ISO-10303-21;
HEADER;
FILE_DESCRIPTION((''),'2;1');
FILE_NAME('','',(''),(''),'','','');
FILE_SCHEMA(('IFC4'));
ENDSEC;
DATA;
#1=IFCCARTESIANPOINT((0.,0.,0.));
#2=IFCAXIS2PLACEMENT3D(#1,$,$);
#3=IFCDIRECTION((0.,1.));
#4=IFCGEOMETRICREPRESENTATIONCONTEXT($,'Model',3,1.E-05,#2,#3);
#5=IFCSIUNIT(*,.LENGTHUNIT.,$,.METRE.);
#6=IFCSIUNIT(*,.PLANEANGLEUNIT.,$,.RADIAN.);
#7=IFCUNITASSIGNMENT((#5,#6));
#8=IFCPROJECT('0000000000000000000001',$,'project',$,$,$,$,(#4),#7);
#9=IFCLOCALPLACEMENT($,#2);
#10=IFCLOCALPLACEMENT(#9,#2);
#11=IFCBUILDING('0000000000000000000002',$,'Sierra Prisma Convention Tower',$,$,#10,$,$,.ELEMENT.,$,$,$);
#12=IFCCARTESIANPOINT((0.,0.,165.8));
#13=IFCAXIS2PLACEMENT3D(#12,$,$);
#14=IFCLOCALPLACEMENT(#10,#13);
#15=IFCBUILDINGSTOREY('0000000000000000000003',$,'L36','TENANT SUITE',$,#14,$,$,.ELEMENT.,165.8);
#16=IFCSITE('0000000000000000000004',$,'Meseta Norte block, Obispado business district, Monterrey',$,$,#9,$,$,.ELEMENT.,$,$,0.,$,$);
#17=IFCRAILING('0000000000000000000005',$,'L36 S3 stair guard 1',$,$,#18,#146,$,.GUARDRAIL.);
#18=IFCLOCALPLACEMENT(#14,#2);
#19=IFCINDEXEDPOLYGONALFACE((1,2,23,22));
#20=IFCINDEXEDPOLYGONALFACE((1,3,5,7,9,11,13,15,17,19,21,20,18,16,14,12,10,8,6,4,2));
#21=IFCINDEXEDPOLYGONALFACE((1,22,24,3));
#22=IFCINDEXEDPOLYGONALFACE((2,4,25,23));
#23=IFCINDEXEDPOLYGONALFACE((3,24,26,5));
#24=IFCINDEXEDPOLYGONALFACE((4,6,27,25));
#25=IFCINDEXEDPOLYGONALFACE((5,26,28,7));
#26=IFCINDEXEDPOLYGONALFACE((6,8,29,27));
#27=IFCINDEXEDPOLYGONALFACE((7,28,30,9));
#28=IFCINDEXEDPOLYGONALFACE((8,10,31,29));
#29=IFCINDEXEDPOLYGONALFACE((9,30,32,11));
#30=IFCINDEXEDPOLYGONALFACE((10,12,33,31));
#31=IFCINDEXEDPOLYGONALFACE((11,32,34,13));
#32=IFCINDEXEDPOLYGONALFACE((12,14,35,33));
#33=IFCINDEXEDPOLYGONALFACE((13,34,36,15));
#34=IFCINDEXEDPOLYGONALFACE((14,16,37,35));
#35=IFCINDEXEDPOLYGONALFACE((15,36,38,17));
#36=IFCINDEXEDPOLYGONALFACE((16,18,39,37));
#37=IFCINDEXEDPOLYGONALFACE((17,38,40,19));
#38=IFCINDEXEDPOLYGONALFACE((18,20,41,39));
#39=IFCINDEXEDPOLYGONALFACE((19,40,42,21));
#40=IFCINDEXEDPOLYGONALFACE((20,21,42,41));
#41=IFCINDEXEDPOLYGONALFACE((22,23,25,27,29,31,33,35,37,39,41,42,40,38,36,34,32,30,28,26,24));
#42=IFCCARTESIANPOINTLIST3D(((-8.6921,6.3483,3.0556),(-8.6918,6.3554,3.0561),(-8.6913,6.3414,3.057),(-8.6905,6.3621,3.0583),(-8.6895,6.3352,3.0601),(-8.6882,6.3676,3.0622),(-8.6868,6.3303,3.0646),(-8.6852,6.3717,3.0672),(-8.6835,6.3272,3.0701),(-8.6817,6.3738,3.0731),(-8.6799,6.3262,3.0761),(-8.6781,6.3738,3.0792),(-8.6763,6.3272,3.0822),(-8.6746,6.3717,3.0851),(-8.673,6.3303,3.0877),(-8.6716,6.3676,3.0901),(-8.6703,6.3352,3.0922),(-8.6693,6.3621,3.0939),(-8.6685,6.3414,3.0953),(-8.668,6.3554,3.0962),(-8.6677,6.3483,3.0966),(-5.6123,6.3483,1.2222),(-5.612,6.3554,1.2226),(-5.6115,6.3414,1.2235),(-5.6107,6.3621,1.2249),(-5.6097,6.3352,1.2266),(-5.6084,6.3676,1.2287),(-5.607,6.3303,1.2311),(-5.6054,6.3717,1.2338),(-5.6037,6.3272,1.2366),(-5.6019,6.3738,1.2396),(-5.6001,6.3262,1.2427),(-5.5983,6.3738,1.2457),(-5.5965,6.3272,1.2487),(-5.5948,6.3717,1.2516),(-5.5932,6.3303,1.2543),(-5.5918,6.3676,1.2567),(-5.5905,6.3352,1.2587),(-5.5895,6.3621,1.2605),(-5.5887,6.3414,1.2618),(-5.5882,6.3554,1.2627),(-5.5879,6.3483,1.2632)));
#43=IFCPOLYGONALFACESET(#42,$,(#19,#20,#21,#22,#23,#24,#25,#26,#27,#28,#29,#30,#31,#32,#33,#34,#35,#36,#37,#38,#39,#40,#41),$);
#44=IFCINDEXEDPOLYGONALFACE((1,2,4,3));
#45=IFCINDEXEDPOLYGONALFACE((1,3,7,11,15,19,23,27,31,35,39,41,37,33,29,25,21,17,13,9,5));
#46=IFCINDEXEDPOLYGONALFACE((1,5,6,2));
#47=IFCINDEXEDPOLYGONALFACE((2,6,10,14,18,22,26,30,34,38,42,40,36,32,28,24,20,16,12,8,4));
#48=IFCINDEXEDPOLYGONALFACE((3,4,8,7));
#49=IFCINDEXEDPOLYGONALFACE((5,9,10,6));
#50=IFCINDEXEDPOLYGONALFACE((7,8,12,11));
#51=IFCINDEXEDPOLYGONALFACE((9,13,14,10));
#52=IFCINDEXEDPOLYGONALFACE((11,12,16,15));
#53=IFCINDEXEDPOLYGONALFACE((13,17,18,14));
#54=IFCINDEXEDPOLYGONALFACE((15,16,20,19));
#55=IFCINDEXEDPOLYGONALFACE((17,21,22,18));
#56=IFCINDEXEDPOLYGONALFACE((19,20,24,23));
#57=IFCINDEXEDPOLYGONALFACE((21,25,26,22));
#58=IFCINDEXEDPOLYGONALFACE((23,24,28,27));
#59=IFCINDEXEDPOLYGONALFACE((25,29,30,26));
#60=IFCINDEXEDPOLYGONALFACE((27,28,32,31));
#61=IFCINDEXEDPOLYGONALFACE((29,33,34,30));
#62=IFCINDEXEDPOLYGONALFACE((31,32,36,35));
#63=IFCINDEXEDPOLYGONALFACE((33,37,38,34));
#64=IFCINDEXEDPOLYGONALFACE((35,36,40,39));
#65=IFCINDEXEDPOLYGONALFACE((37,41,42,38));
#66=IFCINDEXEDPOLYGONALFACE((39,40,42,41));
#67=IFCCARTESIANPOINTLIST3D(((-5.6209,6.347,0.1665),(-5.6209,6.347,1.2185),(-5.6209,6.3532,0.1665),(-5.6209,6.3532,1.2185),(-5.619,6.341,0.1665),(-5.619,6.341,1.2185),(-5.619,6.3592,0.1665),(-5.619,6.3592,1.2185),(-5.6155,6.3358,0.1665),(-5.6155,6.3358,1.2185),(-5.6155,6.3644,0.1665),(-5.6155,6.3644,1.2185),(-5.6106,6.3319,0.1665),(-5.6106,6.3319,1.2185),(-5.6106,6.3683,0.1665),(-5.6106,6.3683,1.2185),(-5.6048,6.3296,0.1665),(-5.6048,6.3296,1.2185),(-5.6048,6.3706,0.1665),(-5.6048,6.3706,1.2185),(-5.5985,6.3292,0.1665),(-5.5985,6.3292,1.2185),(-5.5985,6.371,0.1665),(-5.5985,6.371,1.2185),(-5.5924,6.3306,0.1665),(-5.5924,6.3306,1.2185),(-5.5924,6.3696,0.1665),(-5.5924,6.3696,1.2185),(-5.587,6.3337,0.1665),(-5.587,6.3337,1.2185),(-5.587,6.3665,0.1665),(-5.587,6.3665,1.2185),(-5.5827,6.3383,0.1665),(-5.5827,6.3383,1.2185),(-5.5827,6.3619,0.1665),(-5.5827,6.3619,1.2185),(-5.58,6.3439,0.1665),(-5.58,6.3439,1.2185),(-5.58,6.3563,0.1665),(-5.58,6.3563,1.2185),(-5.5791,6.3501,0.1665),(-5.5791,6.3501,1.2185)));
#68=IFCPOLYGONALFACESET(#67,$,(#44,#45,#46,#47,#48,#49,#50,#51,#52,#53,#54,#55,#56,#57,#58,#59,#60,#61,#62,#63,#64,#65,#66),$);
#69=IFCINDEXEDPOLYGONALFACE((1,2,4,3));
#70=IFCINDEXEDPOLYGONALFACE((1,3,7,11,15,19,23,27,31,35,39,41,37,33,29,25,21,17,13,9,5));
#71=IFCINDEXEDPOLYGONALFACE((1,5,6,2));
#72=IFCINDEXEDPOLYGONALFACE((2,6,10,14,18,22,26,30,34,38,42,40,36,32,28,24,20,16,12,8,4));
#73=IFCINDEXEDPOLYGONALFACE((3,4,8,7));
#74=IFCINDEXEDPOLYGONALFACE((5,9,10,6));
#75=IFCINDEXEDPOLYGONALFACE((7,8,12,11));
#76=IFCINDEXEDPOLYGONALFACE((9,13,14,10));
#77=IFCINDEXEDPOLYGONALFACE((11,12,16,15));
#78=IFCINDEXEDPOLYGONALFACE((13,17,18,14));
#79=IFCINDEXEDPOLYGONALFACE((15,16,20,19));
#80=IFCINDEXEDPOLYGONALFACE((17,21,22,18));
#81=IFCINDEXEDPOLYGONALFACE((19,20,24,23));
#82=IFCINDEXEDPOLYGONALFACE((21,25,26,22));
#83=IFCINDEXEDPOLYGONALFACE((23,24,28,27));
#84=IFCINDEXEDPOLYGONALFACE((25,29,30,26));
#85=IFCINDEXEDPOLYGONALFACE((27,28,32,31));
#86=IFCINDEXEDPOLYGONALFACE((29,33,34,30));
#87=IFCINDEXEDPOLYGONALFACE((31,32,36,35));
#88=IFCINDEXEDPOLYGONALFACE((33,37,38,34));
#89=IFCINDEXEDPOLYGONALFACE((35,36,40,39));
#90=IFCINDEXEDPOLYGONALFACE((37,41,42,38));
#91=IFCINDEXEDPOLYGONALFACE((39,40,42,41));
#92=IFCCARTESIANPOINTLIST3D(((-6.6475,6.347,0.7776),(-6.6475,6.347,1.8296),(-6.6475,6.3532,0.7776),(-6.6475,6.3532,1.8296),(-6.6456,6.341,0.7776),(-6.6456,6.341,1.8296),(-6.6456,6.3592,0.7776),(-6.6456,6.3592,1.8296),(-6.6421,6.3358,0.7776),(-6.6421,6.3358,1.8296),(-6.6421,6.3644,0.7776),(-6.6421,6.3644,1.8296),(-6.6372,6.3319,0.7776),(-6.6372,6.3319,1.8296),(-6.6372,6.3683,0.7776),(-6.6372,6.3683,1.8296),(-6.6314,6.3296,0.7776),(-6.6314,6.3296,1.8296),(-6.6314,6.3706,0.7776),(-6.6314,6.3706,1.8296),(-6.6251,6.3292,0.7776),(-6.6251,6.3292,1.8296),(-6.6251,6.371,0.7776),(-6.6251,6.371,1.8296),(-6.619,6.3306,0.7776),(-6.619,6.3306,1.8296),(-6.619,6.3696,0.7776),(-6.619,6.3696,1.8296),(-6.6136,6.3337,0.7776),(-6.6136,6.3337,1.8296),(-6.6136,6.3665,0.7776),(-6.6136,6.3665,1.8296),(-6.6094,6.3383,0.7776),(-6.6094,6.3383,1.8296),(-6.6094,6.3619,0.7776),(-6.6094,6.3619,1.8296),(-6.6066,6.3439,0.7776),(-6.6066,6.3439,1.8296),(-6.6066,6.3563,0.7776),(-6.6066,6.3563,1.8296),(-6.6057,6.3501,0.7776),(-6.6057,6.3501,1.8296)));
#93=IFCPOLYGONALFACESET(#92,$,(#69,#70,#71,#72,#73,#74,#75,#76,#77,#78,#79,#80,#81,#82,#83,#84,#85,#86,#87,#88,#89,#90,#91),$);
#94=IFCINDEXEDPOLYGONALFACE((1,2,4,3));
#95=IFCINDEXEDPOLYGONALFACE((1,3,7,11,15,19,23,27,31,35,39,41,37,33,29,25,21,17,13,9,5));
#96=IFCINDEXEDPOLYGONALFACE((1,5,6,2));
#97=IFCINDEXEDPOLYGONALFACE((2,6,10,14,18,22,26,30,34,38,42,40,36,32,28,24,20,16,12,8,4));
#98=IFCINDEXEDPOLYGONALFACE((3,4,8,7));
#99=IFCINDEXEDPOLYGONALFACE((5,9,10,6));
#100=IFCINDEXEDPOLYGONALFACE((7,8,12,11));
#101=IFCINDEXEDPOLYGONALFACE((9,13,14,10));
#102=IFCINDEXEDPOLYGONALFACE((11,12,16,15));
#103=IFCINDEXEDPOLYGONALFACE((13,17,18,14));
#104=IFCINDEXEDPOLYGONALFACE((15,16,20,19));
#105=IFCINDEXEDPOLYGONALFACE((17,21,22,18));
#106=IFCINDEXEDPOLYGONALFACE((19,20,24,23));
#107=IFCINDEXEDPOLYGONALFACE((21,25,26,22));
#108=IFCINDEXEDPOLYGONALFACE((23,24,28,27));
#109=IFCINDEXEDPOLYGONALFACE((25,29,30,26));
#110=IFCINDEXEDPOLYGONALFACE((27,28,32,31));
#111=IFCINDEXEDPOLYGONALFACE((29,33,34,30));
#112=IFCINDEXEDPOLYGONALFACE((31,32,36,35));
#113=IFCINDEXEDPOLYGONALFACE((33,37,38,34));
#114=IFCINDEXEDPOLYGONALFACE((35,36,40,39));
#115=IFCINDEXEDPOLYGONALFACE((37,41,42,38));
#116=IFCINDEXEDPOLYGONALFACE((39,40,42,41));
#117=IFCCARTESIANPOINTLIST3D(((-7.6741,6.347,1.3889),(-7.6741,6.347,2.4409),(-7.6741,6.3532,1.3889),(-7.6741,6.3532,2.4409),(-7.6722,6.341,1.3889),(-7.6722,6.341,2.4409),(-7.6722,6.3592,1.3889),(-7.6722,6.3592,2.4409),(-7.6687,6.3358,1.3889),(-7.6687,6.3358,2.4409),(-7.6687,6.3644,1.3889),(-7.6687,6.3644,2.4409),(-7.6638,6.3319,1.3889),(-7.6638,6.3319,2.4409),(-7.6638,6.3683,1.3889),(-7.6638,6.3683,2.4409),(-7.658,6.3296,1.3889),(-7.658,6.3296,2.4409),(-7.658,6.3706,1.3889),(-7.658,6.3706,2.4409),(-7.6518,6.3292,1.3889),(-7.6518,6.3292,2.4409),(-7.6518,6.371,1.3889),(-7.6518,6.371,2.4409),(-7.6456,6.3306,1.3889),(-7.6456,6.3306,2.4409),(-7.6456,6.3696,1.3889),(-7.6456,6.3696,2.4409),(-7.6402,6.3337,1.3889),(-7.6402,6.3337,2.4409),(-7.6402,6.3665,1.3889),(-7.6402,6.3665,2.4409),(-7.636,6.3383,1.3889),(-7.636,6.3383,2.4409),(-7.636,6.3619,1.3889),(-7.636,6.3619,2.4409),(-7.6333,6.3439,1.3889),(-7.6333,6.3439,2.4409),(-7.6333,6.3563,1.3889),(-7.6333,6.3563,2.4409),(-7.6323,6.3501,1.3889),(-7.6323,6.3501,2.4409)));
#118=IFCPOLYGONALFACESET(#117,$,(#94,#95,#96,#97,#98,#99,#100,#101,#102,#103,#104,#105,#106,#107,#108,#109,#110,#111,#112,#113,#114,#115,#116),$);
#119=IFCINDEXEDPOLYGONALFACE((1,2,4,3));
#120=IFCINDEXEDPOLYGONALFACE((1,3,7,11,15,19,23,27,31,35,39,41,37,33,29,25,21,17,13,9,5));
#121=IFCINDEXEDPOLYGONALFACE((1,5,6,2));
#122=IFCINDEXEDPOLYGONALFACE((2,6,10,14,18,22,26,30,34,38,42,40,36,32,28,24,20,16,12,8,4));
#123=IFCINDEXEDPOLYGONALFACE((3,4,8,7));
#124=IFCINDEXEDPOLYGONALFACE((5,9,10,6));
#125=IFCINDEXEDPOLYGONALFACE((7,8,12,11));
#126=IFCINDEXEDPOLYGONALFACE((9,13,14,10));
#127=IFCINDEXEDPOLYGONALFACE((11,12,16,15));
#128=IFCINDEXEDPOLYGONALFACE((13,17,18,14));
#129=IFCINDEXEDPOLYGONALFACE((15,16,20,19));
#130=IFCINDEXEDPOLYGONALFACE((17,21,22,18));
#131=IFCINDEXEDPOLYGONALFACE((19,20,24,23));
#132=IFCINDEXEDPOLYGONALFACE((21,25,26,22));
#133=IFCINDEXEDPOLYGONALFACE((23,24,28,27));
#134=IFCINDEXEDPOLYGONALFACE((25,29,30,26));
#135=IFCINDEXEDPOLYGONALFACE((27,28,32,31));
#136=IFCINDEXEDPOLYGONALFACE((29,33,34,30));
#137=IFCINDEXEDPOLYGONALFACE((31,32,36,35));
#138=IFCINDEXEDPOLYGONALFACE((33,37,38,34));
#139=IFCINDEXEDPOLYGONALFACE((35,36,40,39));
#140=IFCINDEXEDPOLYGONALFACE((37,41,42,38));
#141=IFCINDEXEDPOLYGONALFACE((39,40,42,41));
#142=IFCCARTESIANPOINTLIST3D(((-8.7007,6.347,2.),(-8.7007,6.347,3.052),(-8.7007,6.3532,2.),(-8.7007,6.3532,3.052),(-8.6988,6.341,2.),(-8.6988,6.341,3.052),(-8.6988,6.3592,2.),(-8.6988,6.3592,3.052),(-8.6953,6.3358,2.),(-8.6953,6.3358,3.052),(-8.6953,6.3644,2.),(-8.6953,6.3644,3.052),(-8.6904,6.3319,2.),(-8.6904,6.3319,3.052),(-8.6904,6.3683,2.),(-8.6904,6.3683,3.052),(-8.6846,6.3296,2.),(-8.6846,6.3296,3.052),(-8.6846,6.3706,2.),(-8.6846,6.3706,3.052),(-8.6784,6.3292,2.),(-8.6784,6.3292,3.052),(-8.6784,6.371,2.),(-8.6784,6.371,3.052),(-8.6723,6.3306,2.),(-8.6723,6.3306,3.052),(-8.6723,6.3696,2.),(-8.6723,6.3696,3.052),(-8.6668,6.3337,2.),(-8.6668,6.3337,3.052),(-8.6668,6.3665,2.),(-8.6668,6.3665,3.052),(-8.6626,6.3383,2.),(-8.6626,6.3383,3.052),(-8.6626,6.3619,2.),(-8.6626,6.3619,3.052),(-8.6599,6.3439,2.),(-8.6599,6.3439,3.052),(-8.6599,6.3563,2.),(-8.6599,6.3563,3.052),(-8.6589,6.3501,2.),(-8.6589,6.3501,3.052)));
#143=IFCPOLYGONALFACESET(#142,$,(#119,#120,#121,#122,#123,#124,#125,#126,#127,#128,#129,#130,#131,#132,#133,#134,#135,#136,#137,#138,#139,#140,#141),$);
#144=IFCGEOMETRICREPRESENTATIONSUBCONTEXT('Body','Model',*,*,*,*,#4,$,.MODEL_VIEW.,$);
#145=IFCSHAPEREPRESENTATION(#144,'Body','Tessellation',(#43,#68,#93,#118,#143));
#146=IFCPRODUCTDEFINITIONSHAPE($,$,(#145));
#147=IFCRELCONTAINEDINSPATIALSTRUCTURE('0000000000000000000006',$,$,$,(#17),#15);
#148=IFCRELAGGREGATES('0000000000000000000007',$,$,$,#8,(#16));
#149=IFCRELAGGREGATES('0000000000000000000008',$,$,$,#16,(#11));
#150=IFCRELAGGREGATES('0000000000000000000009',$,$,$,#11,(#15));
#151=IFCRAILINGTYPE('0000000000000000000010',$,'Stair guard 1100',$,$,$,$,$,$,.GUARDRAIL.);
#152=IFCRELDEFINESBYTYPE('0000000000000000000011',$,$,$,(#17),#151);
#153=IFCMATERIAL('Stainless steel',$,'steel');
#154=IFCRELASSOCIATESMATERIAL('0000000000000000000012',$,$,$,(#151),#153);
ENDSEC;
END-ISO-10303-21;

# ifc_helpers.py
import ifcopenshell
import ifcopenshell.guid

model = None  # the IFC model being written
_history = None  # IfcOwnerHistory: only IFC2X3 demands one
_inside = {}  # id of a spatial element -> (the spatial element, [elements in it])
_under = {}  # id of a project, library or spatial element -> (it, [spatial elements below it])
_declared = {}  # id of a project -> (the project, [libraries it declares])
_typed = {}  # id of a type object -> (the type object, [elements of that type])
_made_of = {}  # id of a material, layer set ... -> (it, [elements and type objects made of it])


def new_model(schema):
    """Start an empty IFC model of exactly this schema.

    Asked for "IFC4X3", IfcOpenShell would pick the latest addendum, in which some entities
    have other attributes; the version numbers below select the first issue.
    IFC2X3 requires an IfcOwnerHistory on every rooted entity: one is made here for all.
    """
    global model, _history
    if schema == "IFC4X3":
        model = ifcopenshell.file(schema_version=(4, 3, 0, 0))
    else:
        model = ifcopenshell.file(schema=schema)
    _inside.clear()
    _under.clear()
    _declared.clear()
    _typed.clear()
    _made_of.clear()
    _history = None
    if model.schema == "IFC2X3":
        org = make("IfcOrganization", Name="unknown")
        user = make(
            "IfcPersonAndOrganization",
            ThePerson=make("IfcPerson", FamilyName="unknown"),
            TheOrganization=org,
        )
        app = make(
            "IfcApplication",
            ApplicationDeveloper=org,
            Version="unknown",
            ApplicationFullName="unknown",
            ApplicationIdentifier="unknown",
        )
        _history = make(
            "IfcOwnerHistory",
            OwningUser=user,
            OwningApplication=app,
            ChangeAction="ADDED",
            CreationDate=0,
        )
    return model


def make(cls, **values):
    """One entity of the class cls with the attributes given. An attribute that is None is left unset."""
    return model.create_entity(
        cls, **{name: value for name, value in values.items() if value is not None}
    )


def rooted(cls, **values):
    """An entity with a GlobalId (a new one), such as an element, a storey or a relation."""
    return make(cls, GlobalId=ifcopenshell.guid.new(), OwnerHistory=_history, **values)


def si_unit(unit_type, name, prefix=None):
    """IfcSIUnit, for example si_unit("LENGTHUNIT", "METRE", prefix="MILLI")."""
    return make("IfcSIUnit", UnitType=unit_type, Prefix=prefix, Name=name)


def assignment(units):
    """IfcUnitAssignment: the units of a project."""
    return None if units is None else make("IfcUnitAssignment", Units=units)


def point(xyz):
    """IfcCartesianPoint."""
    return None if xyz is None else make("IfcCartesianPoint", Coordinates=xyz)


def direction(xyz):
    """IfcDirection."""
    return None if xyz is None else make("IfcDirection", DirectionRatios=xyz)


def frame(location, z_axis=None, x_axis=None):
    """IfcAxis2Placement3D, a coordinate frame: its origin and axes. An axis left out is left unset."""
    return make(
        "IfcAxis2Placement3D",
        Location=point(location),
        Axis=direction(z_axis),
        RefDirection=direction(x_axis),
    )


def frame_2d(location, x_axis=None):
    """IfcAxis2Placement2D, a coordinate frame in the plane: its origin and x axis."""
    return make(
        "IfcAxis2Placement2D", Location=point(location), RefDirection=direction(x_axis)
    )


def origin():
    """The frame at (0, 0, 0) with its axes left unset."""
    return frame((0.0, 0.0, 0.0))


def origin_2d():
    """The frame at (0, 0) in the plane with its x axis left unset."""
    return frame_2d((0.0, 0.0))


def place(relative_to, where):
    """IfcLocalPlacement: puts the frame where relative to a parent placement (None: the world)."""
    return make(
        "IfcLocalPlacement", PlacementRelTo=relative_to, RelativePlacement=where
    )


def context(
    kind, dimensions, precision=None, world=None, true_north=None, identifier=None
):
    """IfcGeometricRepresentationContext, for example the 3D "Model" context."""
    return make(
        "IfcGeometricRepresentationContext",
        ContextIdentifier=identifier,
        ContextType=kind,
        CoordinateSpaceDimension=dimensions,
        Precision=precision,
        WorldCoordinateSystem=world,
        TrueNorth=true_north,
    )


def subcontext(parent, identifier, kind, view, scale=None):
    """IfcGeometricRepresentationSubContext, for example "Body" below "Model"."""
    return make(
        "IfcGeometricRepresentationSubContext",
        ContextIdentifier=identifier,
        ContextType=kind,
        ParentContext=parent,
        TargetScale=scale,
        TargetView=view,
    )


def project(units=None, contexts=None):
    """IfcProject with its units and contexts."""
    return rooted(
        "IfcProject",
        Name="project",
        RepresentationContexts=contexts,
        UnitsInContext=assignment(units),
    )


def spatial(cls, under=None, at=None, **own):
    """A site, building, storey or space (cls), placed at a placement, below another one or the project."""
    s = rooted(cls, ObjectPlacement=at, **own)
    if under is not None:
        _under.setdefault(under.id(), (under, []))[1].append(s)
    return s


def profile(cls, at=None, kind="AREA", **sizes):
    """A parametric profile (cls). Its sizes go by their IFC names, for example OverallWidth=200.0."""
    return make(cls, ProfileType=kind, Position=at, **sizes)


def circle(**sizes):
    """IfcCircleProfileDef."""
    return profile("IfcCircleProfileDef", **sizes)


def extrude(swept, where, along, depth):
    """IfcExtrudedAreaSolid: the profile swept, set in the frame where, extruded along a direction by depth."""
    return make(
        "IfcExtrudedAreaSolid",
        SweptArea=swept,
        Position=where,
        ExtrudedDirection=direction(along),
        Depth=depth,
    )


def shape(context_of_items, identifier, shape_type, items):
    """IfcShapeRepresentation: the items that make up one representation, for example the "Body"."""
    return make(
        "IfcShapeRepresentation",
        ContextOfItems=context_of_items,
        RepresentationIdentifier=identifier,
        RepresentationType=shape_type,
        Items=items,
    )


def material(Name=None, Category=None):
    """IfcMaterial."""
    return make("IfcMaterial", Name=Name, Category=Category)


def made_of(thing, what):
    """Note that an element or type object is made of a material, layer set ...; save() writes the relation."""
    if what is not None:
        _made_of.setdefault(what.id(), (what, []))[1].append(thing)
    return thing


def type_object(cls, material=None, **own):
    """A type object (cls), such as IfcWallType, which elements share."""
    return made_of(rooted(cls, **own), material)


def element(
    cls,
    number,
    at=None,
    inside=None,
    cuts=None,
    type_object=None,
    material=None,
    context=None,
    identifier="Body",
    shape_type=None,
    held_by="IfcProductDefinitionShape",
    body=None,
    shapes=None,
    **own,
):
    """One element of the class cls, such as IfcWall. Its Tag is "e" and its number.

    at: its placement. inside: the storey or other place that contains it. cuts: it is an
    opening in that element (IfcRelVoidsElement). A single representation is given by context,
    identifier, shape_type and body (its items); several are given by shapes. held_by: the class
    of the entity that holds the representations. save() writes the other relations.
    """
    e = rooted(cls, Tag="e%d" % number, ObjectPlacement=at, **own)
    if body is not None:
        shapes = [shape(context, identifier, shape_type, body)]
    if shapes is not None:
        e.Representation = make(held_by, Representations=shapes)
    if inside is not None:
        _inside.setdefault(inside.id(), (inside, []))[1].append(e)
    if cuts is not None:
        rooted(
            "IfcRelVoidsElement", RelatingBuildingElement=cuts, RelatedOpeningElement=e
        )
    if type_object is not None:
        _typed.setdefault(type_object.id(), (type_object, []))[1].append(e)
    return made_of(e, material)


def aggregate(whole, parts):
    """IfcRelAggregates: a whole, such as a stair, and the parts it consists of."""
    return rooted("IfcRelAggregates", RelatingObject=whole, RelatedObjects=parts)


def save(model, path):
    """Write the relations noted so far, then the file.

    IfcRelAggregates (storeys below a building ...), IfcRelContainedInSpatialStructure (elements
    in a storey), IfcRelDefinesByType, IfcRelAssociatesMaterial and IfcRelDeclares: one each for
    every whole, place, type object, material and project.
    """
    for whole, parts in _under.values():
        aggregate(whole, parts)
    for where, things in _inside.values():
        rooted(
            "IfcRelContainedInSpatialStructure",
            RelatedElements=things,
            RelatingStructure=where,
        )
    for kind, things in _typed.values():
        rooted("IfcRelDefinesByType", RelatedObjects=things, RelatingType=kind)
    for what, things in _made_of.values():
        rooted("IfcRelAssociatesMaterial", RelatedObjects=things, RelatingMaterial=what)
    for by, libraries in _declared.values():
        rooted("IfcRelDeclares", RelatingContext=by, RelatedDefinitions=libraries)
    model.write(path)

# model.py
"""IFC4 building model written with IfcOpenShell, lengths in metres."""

from ifc_helpers import new_model, si_unit, direction, frame, origin, origin_2d, place, context, subcontext, project, spatial, circle, extrude, material, type_object, element, save


model = new_model("IFC4")

# Units and contexts
model_context = context("Model", 3, precision=1e-05, world=origin(), true_north=direction((0.0, 1.0)))
body_context = subcontext(model_context, "Body", "Model", "MODEL_VIEW")
ifc_project = project(units=[si_unit("LENGTHUNIT", "METRE"), si_unit("PLANEANGLEUNIT", "RADIAN")], contexts=[model_context])

# Site, building, storey
site_placement = place(None, origin())
site = spatial("IfcSite", under=ifc_project, at=site_placement, Name="Meseta Norte block, Obispado business district, Monterrey", CompositionType="ELEMENT", RefElevation=0.0)
building_placement = place(site_placement, origin())
building = spatial("IfcBuilding", under=site, at=building_placement, Name="Sierra Prisma Convention Tower", CompositionType="ELEMENT")
storey_placement = place(building_placement, frame((0.0, 0.0, 165.8)))
storey = spatial("IfcBuildingStorey", under=building, at=storey_placement, Name="L36", Description="TENANT SUITE", CompositionType="ELEMENT", Elevation=165.8)

# Railing
ifc_material_1 = material(Name="Stainless steel", Category="steel")
railing_type_1 = type_object("IfcRailingType", Name="Stair guard 1100", PredefinedType="GUARDRAIL", material=ifc_material_1)
railing_1_placement = place(storey_placement, frame((-5.6001, 6.3501, 0.1665)))
element("IfcRailing", 1, at=railing_1_placement, inside=storey, type_object=railing_type_1, Name="L36 S3 stair guard 1", PredefinedType="GUARDRAIL", context=body_context, shape_type="SweptSolid", body=[
    extrude(circle(Radius=0.0239, at=origin_2d()), frame((0.0, 0.0, 1.0762), z_axis=(-0.859261, 0.0, 0.511538), x_axis=(0.0, -1.0, 0.0)), (0.0, 0.0, 1.0), 3.5842),
    extrude(circle(Radius=0.021, at=origin_2d()), origin(), (0.0, 0.0, 1.0), 1.052),
    extrude(circle(Radius=0.021, at=origin_2d()), frame((-1.0266, 0.0, 0.6111)), (0.0, 0.0, 1.0), 1.052),
    extrude(circle(Radius=0.021, at=origin_2d()), frame((-2.0532, 0.0, 1.2224)), (0.0, 0.0, 1.0), 1.052),
    extrude(circle(Radius=0.021, at=origin_2d()), frame((-3.0798, 0.0, 1.8335)), (0.0, 0.0, 1.0), 1.052),
])

save(model, "model.ifc")
